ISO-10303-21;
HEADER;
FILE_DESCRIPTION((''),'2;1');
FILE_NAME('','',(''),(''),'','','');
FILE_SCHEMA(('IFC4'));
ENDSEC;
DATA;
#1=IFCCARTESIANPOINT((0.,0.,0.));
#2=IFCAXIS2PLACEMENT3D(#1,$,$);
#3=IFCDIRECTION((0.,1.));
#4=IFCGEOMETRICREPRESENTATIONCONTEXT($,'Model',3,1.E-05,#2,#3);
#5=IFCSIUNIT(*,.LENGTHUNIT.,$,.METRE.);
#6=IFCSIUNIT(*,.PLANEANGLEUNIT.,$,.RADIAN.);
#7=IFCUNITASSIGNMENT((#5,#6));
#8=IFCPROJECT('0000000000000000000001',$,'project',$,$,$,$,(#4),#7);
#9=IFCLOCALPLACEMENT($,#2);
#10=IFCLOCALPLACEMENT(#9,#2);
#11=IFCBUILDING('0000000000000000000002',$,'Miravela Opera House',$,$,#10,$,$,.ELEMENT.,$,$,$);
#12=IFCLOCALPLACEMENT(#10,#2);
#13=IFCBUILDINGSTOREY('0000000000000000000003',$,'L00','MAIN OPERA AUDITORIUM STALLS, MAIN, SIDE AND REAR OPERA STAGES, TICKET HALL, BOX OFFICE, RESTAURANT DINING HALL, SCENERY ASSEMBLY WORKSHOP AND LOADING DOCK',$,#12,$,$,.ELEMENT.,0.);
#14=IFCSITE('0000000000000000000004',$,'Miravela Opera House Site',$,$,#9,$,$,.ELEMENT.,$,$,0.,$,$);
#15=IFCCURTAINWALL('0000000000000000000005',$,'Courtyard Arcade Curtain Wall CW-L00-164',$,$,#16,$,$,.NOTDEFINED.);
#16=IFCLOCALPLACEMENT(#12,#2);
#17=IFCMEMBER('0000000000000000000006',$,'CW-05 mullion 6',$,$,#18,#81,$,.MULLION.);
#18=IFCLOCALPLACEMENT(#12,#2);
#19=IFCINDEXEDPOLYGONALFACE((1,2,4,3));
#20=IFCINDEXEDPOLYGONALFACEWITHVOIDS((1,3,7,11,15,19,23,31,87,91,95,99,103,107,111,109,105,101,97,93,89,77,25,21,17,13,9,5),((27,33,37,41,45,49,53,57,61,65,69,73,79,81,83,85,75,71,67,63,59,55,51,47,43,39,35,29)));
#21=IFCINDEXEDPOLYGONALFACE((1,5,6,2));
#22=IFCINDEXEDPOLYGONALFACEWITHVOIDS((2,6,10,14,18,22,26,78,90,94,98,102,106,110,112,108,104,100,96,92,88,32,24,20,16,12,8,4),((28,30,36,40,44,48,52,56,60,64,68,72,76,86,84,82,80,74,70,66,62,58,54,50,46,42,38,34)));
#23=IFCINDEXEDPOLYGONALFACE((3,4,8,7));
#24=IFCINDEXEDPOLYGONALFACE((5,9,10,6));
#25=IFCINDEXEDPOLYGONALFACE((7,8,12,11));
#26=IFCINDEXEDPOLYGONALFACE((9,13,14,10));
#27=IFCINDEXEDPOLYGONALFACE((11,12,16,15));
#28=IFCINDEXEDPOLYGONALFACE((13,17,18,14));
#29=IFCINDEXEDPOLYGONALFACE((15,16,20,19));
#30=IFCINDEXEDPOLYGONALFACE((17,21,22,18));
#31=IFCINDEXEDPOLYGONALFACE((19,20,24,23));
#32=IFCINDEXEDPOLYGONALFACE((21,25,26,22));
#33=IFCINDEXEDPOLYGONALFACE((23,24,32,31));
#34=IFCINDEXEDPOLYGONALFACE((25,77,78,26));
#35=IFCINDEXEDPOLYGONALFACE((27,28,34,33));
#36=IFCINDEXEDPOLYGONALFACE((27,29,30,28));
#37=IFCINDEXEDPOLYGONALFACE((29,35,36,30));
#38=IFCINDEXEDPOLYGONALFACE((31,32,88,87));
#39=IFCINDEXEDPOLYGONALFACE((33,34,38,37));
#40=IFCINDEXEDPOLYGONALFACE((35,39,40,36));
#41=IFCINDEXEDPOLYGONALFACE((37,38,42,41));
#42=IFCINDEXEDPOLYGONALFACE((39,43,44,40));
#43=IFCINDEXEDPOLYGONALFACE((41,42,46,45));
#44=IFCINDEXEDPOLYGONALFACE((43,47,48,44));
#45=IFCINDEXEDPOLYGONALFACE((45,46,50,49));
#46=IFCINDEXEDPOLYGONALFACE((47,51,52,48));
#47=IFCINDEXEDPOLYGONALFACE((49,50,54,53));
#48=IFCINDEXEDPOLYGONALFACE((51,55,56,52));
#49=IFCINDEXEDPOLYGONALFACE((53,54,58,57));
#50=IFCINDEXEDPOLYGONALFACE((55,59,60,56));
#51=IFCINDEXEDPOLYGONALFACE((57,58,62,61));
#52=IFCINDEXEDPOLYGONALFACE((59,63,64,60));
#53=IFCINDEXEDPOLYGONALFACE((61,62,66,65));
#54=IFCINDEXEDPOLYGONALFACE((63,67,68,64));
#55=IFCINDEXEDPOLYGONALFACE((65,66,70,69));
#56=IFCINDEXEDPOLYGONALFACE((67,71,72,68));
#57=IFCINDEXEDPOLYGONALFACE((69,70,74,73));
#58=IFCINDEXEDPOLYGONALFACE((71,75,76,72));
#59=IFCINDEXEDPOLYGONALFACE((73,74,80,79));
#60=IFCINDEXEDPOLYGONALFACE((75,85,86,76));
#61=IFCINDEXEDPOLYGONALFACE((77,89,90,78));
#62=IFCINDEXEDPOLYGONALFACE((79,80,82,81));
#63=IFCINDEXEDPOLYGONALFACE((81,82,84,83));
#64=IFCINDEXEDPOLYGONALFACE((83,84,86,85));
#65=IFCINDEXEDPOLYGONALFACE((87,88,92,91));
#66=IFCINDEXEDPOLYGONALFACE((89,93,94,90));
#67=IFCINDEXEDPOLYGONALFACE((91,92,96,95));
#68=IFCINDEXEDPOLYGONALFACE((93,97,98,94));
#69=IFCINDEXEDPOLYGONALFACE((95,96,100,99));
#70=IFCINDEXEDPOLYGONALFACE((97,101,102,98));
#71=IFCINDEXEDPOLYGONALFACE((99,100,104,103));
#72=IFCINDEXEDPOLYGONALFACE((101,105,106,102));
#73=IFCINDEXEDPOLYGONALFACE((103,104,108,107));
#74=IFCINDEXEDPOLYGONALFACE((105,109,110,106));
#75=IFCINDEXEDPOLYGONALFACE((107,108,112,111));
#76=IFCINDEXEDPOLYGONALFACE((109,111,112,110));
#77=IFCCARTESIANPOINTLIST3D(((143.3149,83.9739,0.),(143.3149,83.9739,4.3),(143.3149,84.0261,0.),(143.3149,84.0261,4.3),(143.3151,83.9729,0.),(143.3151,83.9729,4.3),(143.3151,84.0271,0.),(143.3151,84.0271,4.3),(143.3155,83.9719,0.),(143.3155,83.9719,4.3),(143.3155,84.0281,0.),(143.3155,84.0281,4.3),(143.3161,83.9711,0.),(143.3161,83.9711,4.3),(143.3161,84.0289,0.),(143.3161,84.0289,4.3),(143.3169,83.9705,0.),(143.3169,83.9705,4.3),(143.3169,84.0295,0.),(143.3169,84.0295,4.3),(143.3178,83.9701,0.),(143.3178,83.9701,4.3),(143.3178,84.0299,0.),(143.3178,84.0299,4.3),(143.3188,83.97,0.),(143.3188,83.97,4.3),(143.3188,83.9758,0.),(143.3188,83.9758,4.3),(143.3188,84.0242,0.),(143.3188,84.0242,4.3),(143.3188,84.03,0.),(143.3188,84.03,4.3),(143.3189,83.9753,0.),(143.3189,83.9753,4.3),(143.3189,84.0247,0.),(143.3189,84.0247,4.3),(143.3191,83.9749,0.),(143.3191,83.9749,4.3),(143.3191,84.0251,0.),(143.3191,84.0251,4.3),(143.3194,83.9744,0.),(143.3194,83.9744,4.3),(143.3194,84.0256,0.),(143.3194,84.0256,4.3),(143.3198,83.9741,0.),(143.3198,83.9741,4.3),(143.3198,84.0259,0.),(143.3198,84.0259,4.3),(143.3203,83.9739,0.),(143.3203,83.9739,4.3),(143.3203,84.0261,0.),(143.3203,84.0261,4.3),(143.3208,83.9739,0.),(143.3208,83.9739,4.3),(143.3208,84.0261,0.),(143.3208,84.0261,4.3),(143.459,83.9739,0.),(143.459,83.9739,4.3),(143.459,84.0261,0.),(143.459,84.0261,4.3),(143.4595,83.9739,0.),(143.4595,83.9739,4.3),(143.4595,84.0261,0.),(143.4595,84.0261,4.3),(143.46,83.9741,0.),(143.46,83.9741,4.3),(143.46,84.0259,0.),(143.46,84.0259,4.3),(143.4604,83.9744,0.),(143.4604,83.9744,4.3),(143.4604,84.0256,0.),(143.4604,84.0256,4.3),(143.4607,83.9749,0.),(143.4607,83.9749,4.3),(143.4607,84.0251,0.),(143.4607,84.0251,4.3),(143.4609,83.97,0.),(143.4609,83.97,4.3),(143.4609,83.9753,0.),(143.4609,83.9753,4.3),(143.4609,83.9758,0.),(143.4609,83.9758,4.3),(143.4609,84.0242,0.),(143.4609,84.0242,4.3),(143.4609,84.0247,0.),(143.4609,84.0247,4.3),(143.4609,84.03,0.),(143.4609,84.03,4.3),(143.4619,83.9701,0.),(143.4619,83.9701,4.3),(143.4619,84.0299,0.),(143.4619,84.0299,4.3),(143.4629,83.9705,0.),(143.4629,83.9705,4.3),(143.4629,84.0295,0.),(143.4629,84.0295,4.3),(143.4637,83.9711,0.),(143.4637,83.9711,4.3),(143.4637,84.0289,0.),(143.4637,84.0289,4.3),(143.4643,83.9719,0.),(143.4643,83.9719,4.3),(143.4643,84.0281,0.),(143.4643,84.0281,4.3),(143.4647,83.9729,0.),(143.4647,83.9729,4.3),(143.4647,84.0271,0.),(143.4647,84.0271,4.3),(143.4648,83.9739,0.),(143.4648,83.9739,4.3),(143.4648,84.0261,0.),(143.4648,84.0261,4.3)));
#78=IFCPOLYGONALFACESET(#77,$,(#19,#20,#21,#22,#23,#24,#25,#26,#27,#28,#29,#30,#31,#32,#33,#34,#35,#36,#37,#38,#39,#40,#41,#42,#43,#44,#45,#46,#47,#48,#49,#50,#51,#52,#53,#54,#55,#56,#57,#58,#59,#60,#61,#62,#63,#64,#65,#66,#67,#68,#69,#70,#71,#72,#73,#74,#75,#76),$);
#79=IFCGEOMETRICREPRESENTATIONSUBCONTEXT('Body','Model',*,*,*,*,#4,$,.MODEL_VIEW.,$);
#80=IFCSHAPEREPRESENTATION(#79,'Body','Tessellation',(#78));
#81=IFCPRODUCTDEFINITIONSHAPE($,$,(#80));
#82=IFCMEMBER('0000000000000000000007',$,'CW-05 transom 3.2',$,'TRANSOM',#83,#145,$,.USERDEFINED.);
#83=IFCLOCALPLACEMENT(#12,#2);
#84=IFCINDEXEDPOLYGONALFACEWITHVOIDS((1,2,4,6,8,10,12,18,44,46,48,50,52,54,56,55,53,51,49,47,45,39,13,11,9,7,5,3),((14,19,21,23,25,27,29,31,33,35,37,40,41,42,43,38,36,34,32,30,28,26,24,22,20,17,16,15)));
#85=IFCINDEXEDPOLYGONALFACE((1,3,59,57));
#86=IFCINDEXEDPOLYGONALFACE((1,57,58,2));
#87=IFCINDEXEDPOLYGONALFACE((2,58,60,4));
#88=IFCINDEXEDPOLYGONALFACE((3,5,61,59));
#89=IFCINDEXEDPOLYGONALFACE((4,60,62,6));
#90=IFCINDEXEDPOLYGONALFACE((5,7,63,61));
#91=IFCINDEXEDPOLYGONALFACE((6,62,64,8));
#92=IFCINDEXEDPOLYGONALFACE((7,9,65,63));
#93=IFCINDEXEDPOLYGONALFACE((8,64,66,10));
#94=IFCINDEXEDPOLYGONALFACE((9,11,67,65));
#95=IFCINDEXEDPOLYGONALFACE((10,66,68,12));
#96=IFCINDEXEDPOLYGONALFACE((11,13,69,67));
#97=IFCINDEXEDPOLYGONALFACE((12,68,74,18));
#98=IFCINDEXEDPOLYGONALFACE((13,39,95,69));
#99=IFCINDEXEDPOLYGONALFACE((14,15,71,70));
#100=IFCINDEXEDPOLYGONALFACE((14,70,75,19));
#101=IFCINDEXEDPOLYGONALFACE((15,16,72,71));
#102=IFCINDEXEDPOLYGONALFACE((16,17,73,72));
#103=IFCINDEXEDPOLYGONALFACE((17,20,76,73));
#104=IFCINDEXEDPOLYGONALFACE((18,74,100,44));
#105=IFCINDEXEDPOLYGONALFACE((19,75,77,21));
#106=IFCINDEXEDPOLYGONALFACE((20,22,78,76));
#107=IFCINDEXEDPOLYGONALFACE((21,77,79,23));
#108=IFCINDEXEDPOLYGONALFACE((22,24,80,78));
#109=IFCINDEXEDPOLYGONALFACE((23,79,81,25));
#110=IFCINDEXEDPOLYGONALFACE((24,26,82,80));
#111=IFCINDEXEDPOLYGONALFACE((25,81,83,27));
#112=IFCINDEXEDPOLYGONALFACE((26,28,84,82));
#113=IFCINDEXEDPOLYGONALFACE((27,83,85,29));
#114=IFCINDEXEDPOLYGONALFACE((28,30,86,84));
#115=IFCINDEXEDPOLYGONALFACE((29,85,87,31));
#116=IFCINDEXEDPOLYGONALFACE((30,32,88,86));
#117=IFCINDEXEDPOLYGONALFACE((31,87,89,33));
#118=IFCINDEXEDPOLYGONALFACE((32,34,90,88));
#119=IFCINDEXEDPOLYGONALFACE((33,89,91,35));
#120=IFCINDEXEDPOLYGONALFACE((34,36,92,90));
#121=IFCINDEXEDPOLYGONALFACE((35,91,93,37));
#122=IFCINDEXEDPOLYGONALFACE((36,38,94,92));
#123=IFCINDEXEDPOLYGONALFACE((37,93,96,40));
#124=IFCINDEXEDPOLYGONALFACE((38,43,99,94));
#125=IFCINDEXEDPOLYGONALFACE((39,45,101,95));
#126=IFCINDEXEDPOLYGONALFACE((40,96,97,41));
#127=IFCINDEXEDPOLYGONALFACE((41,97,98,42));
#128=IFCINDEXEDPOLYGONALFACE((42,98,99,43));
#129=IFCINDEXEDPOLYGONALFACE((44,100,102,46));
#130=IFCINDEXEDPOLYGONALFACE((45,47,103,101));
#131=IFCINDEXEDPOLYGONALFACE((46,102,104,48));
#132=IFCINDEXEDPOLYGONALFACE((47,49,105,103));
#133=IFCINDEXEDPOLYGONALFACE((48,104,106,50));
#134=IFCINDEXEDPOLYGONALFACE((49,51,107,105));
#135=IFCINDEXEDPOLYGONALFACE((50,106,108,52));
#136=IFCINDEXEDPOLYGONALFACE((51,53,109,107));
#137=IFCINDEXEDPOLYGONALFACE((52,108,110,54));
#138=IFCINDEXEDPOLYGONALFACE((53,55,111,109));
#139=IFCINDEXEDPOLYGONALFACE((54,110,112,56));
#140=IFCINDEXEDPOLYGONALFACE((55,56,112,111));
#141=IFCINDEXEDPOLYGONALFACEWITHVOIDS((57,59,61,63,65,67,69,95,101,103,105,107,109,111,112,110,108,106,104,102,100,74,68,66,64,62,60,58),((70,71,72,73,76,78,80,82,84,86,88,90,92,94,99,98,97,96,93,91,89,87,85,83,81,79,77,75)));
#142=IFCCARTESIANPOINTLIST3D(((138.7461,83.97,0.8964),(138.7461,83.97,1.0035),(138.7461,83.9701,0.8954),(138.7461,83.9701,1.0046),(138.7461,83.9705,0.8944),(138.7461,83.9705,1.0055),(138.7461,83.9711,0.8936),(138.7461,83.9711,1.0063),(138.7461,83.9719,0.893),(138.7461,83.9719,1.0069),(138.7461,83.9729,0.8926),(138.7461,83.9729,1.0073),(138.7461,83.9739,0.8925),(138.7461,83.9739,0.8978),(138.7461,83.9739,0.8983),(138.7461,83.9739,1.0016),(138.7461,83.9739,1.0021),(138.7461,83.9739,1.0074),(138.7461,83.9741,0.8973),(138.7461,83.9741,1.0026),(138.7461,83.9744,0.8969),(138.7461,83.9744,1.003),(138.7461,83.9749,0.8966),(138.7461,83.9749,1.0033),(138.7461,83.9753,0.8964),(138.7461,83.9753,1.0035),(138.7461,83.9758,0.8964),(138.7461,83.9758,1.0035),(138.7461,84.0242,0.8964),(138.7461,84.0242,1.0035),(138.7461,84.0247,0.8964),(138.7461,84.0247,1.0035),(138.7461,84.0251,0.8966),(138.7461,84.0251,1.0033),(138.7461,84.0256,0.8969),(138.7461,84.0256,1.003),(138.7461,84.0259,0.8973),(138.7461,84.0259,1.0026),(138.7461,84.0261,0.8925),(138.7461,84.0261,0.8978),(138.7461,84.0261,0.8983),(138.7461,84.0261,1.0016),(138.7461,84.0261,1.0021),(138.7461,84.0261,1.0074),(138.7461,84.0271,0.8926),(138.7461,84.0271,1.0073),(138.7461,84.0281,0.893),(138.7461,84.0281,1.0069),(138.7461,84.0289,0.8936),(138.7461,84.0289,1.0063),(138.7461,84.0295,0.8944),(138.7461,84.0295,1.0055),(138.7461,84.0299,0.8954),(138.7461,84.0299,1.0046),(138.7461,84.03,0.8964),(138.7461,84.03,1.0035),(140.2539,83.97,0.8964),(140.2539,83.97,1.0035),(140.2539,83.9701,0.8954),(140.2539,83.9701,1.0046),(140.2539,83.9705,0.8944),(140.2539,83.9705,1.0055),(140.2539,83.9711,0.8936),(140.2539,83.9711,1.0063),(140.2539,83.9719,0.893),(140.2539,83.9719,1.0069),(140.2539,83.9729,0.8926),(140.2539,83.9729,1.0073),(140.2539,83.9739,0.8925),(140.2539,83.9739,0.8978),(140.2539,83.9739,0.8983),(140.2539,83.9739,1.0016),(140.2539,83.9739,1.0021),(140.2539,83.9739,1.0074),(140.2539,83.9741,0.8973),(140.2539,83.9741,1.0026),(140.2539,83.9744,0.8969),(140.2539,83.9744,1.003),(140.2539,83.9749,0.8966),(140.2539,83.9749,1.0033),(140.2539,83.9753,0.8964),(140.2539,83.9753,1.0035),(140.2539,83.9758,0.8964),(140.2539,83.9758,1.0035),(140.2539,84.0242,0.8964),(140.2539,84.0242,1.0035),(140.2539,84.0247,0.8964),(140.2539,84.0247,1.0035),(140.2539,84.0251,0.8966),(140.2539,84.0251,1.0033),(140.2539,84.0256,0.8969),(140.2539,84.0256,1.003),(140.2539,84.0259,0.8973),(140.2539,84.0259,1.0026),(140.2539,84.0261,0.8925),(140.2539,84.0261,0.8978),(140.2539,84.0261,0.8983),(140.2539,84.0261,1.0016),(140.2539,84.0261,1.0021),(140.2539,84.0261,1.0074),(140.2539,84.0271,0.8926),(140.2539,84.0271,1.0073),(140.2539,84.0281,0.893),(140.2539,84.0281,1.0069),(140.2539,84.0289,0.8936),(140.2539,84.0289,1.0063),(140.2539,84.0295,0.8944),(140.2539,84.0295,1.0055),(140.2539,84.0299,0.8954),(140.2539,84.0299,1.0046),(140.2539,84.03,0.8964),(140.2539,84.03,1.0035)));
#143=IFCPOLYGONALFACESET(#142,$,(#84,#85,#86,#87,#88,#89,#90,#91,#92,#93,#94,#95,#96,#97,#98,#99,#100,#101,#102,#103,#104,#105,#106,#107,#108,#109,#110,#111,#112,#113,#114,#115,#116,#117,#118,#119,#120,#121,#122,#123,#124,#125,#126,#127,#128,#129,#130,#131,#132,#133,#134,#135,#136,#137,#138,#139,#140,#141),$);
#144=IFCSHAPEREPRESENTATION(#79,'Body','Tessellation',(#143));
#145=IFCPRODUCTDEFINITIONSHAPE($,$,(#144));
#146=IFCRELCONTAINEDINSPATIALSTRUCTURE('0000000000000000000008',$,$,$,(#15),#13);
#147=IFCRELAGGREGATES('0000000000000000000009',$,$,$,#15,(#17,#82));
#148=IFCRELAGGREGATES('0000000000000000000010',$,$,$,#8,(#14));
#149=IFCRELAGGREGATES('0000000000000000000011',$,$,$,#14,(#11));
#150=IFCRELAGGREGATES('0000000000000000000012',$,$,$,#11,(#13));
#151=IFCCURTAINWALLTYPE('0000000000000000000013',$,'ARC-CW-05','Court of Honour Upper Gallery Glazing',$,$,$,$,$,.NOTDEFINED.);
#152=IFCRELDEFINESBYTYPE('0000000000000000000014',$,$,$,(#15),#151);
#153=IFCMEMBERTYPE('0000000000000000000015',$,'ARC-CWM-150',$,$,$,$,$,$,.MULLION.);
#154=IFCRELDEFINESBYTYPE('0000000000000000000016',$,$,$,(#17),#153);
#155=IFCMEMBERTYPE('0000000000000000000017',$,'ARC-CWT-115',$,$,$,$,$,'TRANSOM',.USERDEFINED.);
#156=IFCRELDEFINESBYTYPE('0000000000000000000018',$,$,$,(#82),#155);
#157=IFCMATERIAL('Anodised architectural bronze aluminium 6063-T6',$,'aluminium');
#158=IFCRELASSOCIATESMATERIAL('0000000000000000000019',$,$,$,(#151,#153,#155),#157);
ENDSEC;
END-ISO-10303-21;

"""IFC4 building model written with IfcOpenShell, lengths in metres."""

from ifc_helpers import new_model, si_unit, direction, frame, origin, origin_2d, place, context, subcontext, project, spatial, hollow_rectangle, extrude, material, material_profile, profile_set, type_object, element, aggregate, save


model = new_model("IFC4")

# Units and contexts
model_context = context("Model", 3, precision=1e-05, world=origin(), true_north=direction((0.0, 1.0)))
body_context = subcontext(model_context, "Body", "Model", "MODEL_VIEW")
ifc_project = project(units=[si_unit("LENGTHUNIT", "METRE"), si_unit("PLANEANGLEUNIT", "RADIAN")], contexts=[model_context])

# Site, building, storey
site_placement = place(None, origin())
site = spatial("IfcSite", under=ifc_project, at=site_placement, Name="Miravela Opera House Site", CompositionType="ELEMENT", RefElevation=0.0)
building_placement = place(site_placement, origin())
building = spatial("IfcBuilding", under=site, at=building_placement, Name="Miravela Opera House", CompositionType="ELEMENT")
storey_placement = place(building_placement, origin())
storey = spatial("IfcBuildingStorey", under=building, at=storey_placement, Name="L00", Description="MAIN OPERA AUDITORIUM STALLS, MAIN, SIDE AND REAR OPERA STAGES, TICKET HALL, BOX OFFICE, RESTAURANT DINING HALL, SCENERY ASSEMBLY WORKSHOP AND LOADING DOCK", CompositionType="ELEMENT", Elevation=0.0)

# Curtain wall, members
ifc_material_1 = material(Name="Anodised architectural bronze aluminium 6063-T6", Category="aluminium")
curtain_wall_type = type_object("IfcCurtainWallType", Name="ARC-CW-05", Description="Court of Honour Upper Gallery Glazing", PredefinedType="NOTDEFINED", material=ifc_material_1)
curtain_wall_placement = place(storey_placement, origin())
curtain_wall = element("IfcCurtainWall", 1, at=curtain_wall_placement, inside=storey, type_object=curtain_wall_type, Name="Courtyard Arcade Curtain Wall CW-L00-164", PredefinedType="NOTDEFINED")
ifc_material_profile_1 = material_profile(ifc_material_1, hollow_rectangle(XDim=0.0601, YDim=0.1499, WallThickness=0.0039, InnerFilletRadius=0.002, OuterFilletRadius=0.0039, at=origin_2d()), Name="CWM-60X150")
ifc_profile_set_1 = profile_set([ifc_material_profile_1])
member_type_1 = type_object("IfcMemberType", Name="ARC-CWM-150", PredefinedType="MULLION", material=ifc_profile_set_1)
member_1_placement = place(storey_placement, frame((143.3899, 84.0, 0.0), z_axis=(0.0, 0.0, 1.0), x_axis=(0.0, 1.0, 0.0)))
member_1 = element("IfcMember", 2, at=member_1_placement, type_object=member_type_1, Name="CW-05 mullion 6", PredefinedType="MULLION", context=body_context, shape_type="SweptSolid", body=[
    extrude(hollow_rectangle(XDim=0.0601, YDim=0.1499, WallThickness=0.0039, InnerFilletRadius=0.002, OuterFilletRadius=0.0039, at=origin_2d()), origin(), (0.0, 0.0, 1.0), 4.3),
])
ifc_material_profile_2 = material_profile(ifc_material_1, hollow_rectangle(XDim=0.0601, YDim=0.115, WallThickness=0.0039, InnerFilletRadius=0.002, OuterFilletRadius=0.0039, at=origin_2d()), Name="CWT-60X115")
ifc_profile_set_2 = profile_set([ifc_material_profile_2])
member_type_2 = type_object("IfcMemberType", Name="ARC-CWT-115", ElementType="TRANSOM", PredefinedType="USERDEFINED", material=ifc_profile_set_2)
member_2_placement = place(storey_placement, frame((138.7461, 84.0, 0.95), z_axis=(1.0, 0.0, 0.0), x_axis=(0.0, 1.0, 0.0)))
member_2 = element("IfcMember", 3, at=member_2_placement, type_object=member_type_2, Name="CW-05 transom 3.2", ObjectType="TRANSOM", PredefinedType="USERDEFINED", context=body_context, shape_type="SweptSolid", body=[
    extrude(hollow_rectangle(XDim=0.0601, YDim=0.115, WallThickness=0.0039, InnerFilletRadius=0.002, OuterFilletRadius=0.0039, at=origin_2d()), origin(), (0.0, 0.0, 1.0), 1.5078),
])
aggregate(curtain_wall, [member_1, member_2])

save(model, "model.ifc")
